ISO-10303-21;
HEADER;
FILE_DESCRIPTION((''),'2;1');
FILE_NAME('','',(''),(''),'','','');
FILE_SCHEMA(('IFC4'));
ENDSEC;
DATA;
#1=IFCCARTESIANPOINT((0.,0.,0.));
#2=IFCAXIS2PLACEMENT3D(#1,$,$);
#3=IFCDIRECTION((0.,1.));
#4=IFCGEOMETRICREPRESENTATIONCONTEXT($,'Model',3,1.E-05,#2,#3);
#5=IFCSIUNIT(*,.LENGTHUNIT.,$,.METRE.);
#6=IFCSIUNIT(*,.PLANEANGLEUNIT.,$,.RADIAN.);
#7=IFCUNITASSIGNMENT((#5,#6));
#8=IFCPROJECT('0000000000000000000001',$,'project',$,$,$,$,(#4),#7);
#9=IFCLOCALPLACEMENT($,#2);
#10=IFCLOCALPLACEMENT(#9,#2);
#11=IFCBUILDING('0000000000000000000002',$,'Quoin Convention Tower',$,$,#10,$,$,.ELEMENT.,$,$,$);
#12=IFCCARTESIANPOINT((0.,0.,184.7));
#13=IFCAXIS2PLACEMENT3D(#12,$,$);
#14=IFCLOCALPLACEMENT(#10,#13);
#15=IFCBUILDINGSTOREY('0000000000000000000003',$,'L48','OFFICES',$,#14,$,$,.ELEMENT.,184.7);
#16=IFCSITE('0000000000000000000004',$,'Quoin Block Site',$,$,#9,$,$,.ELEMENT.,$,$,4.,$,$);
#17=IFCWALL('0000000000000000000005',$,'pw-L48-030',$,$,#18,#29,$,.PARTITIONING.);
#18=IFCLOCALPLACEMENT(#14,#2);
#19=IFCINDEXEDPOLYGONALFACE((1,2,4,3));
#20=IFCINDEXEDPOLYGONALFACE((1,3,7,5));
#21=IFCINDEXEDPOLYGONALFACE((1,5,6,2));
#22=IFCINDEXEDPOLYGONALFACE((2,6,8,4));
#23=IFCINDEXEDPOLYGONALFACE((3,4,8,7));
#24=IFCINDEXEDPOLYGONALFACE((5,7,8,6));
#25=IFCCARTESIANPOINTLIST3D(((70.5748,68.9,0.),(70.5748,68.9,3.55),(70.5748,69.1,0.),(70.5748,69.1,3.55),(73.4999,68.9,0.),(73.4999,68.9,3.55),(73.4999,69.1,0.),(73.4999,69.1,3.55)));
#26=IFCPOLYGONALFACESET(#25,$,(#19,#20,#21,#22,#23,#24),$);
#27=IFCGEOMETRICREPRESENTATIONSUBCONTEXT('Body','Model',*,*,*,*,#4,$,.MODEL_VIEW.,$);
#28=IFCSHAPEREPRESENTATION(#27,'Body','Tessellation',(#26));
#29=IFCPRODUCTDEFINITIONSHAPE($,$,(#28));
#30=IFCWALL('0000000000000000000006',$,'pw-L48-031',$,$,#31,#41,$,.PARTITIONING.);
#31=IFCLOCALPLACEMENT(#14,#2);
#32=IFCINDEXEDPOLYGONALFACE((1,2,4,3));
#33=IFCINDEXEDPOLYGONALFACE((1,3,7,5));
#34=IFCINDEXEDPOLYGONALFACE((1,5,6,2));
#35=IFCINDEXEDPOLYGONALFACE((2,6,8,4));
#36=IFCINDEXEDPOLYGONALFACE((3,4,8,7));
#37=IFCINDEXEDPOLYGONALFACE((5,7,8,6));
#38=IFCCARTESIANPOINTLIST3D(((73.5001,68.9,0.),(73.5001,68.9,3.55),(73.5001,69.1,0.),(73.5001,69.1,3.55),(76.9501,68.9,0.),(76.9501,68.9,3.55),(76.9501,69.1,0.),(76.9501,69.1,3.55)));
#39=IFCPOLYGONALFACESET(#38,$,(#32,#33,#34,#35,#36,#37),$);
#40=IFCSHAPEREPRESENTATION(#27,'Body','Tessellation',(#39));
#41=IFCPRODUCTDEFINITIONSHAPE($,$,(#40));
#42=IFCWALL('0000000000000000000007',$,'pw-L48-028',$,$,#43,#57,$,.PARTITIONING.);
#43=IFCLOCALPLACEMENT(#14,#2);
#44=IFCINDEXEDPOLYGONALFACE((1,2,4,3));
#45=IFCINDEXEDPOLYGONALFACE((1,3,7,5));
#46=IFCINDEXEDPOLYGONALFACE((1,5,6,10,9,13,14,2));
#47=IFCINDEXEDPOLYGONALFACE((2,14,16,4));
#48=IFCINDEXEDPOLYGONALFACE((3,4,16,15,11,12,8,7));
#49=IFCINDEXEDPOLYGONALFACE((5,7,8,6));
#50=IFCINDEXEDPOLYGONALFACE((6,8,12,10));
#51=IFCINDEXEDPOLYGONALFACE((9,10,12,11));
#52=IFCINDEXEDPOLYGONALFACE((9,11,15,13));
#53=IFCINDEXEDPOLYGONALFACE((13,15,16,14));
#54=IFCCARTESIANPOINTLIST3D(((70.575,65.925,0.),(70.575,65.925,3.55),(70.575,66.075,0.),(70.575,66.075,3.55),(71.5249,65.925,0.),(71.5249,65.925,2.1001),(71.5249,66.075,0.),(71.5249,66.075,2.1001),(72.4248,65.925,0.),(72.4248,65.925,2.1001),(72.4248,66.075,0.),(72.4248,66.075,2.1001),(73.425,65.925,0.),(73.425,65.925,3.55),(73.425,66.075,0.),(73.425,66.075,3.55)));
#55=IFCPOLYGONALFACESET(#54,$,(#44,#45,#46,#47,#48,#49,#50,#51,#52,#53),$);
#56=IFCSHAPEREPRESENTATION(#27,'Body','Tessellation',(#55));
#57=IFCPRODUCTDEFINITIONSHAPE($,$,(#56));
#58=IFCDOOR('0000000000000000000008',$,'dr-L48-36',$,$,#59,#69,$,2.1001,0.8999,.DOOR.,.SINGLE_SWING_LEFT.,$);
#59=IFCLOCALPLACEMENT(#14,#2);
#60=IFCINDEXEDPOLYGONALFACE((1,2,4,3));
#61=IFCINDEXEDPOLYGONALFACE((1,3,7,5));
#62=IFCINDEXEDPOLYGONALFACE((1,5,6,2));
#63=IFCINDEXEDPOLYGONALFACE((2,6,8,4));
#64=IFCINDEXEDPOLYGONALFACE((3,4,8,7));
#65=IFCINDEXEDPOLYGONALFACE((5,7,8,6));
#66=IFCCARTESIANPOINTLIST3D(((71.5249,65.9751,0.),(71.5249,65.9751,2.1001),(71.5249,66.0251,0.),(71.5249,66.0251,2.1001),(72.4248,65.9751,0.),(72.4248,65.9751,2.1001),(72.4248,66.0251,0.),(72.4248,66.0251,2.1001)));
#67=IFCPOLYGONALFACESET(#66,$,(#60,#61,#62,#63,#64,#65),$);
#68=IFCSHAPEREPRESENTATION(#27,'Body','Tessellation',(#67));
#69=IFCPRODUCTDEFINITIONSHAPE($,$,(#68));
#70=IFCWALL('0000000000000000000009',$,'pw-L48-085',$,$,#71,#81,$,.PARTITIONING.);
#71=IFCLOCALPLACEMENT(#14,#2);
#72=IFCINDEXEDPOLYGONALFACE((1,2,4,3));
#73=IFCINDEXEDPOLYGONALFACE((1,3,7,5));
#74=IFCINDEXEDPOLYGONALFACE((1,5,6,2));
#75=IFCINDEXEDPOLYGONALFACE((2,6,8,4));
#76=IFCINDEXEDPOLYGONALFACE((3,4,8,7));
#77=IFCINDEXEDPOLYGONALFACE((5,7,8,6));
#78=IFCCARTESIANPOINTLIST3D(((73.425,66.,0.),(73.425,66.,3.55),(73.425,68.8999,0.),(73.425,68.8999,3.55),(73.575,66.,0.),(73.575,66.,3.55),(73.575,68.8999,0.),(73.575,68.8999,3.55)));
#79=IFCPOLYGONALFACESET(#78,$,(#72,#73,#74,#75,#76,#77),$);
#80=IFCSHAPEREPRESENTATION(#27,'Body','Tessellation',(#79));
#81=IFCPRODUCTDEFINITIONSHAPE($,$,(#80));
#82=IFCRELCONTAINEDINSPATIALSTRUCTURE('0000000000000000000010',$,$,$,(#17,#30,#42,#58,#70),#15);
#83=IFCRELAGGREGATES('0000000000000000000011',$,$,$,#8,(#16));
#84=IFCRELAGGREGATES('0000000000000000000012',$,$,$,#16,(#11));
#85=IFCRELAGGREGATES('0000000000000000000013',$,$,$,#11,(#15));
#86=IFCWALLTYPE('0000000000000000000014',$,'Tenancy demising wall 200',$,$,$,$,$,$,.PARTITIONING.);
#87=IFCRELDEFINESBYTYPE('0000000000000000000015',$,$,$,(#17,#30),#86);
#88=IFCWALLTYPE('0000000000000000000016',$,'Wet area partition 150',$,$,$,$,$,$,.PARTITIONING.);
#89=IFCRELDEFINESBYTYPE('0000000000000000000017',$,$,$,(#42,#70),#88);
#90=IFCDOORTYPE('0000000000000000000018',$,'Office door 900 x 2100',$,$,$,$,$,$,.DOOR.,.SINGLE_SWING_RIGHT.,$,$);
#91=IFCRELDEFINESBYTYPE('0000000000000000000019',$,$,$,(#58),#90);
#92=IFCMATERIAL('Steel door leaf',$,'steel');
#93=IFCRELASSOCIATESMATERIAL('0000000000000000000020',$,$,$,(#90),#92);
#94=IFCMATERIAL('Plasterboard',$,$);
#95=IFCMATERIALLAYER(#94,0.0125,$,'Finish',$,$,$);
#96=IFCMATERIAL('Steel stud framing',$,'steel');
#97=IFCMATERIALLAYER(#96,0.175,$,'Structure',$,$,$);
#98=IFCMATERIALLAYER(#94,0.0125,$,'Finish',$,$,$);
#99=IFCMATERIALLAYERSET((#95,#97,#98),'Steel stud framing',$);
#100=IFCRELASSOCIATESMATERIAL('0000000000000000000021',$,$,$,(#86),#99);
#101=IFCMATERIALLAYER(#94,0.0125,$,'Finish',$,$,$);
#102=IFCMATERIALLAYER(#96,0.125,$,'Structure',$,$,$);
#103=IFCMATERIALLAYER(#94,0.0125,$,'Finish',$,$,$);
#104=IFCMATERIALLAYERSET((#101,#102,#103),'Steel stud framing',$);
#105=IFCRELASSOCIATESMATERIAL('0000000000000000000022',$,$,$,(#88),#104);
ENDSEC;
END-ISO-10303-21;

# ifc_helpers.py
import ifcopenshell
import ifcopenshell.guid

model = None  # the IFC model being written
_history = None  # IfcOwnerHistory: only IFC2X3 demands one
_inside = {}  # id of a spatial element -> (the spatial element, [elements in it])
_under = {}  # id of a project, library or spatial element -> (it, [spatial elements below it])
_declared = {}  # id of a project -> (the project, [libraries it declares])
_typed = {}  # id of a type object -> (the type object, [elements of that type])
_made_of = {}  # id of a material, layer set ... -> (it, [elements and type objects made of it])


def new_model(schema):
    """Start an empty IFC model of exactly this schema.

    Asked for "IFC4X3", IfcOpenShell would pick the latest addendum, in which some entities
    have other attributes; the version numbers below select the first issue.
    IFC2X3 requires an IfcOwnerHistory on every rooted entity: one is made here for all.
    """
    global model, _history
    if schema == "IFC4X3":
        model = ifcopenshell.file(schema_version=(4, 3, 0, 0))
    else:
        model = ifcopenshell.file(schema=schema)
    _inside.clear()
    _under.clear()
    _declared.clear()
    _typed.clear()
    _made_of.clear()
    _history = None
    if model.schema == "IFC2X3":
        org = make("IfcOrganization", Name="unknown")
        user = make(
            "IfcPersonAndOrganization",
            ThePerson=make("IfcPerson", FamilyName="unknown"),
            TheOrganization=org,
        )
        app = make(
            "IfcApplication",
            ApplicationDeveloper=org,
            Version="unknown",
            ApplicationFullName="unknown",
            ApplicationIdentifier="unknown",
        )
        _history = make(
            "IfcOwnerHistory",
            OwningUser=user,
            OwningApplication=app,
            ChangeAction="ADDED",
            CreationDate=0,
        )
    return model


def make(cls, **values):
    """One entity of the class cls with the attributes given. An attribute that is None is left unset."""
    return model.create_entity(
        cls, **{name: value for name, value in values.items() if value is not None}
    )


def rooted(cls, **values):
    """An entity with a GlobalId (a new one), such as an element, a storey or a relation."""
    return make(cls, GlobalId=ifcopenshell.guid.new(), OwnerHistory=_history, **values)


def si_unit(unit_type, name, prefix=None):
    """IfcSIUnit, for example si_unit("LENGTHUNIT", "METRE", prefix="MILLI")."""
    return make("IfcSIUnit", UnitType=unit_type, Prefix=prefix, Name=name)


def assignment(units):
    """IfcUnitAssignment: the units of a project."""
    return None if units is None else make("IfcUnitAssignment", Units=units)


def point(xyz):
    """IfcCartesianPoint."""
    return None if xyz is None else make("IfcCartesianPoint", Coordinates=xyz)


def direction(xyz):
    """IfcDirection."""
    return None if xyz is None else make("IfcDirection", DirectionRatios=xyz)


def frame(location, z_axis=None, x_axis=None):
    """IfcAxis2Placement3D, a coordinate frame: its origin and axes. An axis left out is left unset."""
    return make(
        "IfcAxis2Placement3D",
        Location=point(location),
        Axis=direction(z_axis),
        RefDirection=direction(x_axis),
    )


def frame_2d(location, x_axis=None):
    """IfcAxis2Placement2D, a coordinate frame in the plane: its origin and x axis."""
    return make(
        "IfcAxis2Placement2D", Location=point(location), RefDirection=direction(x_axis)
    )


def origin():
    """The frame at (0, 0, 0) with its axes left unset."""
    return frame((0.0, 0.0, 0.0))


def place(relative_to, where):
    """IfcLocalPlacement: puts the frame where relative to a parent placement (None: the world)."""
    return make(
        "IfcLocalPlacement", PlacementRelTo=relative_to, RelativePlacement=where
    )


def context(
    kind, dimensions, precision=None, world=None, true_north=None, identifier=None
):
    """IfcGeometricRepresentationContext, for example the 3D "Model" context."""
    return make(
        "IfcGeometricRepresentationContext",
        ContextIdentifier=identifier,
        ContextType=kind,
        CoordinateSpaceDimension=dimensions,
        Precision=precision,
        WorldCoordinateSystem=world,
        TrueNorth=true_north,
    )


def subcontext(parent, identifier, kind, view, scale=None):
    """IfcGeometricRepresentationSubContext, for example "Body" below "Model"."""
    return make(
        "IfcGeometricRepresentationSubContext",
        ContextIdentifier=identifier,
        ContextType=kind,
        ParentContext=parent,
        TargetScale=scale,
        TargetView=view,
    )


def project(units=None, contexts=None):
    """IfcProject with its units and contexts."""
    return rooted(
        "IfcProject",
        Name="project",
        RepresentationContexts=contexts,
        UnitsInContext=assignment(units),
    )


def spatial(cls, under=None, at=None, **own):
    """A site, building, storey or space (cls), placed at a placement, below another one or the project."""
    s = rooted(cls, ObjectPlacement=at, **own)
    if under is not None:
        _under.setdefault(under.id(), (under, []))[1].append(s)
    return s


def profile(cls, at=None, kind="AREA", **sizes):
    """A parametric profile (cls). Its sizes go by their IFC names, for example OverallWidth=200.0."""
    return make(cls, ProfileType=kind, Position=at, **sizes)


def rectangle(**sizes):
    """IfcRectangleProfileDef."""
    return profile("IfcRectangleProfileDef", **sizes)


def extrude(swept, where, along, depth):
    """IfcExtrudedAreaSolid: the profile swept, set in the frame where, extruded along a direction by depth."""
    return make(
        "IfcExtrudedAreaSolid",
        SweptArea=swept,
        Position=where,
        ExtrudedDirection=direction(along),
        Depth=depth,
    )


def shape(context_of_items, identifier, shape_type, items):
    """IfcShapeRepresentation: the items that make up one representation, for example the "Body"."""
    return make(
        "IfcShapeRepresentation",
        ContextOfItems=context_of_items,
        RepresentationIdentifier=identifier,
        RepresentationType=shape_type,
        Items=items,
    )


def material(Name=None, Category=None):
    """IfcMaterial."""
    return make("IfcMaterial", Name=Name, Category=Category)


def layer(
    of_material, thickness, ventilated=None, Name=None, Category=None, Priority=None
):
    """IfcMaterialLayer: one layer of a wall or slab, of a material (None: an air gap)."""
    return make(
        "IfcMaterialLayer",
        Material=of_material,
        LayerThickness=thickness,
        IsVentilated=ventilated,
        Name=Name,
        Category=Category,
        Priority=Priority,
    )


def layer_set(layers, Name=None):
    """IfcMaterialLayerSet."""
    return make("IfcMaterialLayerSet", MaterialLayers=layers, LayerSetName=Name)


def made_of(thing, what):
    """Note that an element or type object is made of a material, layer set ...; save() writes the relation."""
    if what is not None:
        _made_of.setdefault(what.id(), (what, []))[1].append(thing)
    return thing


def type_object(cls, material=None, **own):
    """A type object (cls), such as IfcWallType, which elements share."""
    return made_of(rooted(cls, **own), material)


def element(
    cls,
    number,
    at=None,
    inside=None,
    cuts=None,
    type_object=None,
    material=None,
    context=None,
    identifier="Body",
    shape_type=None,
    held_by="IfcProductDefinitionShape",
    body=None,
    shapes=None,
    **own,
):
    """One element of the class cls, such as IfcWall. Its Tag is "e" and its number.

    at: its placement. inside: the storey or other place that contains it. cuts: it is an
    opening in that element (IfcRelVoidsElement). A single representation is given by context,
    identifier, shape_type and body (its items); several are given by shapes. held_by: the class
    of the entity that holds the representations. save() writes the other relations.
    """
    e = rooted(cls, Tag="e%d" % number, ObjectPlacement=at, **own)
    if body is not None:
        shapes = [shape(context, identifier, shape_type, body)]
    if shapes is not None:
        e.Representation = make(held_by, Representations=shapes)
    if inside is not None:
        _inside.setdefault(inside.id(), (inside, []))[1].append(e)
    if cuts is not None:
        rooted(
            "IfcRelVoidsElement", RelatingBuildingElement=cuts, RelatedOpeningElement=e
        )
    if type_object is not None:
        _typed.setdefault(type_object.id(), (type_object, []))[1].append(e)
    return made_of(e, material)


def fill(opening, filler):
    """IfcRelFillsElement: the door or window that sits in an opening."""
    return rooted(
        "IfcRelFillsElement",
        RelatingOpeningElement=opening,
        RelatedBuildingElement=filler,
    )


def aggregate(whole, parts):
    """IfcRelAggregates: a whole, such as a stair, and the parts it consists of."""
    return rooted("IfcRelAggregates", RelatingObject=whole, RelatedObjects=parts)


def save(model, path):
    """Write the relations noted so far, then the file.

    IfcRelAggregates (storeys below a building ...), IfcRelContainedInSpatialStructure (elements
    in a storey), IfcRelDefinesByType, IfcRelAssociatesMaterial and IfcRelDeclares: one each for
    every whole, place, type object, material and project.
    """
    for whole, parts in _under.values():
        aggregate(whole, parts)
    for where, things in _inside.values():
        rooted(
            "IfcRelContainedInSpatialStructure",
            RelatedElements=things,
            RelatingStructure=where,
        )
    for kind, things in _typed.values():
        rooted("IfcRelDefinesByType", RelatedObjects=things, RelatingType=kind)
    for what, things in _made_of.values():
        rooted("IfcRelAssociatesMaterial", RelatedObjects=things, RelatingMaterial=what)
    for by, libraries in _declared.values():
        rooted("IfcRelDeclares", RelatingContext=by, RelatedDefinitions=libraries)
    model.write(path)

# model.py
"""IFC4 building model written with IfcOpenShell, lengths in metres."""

from ifc_helpers import new_model, si_unit, direction, frame, frame_2d, origin, place, context, subcontext, project, spatial, rectangle, extrude, material, layer, layer_set, type_object, element, fill, save


model = new_model("IFC4")

# Units and contexts
model_context = context("Model", 3, precision=1e-05, world=origin(), true_north=direction((0.0, 1.0)))
body_context = subcontext(model_context, "Body", "Model", "MODEL_VIEW")
ifc_project = project(units=[si_unit("LENGTHUNIT", "METRE"), si_unit("PLANEANGLEUNIT", "RADIAN")], contexts=[model_context])

# Site, building, storey
site_placement = place(None, origin())
site = spatial("IfcSite", under=ifc_project, at=site_placement, Name="Quoin Block Site", CompositionType="ELEMENT", RefElevation=4.0)
building_placement = place(site_placement, origin())
building = spatial("IfcBuilding", under=site, at=building_placement, Name="Quoin Convention Tower", CompositionType="ELEMENT")
storey_placement = place(building_placement, frame((0.0, 0.0, 184.7)))
storey = spatial("IfcBuildingStorey", under=building, at=storey_placement, Name="L48", Description="OFFICES", CompositionType="ELEMENT", Elevation=184.7)

# Shared definitions
ifc_material_1 = material(Name="Plasterboard")
ifc_material_2 = material(Name="Steel stud framing", Category="steel")

# Shared definitions
ifc_material_3 = material(Name="Steel door leaf", Category="steel")
door_type_1 = type_object("IfcDoorType", Name="Office door 900 x 2100", OperationType="SINGLE_SWING_RIGHT", PredefinedType="DOOR", material=ifc_material_3)

# Walls
ifc_layer_1 = layer(ifc_material_1, 0.0125, Name="Finish")
ifc_layer_2 = layer(ifc_material_2, 0.175, Name="Structure")
ifc_layer_3 = layer(ifc_material_1, 0.0125, Name="Finish")
ifc_layer_set_1 = layer_set([ifc_layer_1, ifc_layer_2, ifc_layer_3], Name="Steel stud framing")
wall_type_1 = type_object("IfcWallType", Name="Tenancy demising wall 200", PredefinedType="PARTITIONING", material=ifc_layer_set_1)
wall_1_placement = place(storey_placement, frame((70.575, 69.0, 0.0), z_axis=(0.0, 0.0, 1.0), x_axis=(1.0, 0.0, 0.0)))
element("IfcWall", 1, at=wall_1_placement, inside=storey, type_object=wall_type_1, Name="pw-L48-030", PredefinedType="PARTITIONING", context=body_context, shape_type="SweptSolid", body=[
    extrude(rectangle(XDim=2.925, YDim=0.2, at=frame_2d((1.4624, 0.0))), origin(), (0.0, 0.0, 1.0), 3.55),
])
wall_2_placement = place(storey_placement, frame((73.5, 69.0, 0.0), z_axis=(0.0, 0.0, 1.0), x_axis=(1.0, 0.0, 0.0)))
element("IfcWall", 2, at=wall_2_placement, inside=storey, type_object=wall_type_1, Name="pw-L48-031", PredefinedType="PARTITIONING", context=body_context, shape_type="SweptSolid", body=[
    extrude(rectangle(XDim=3.45, YDim=0.2, at=frame_2d((1.7251, 0.0))), origin(), (0.0, 0.0, 1.0), 3.55),
])

# Wall, opening, door
ifc_layer_4 = layer(ifc_material_1, 0.0125, Name="Finish")
ifc_layer_5 = layer(ifc_material_2, 0.125, Name="Structure")
ifc_layer_6 = layer(ifc_material_1, 0.0125, Name="Finish")
ifc_layer_set_2 = layer_set([ifc_layer_4, ifc_layer_5, ifc_layer_6], Name="Steel stud framing")
wall_type_2 = type_object("IfcWallType", Name="Wet area partition 150", PredefinedType="PARTITIONING", material=ifc_layer_set_2)
wall_3_placement = place(storey_placement, frame((70.575, 66.0, 0.0), z_axis=(0.0, 0.0, 1.0), x_axis=(1.0, 0.0, 0.0)))
wall_3 = element("IfcWall", 3, at=wall_3_placement, inside=storey, type_object=wall_type_2, Name="pw-L48-028", PredefinedType="PARTITIONING", context=body_context, shape_type="SweptSolid", body=[
    extrude(rectangle(XDim=2.8501, YDim=0.1499, at=frame_2d((1.425, 0.0))), origin(), (0.0, 0.0, 1.0), 3.55),
])
opening_1_placement = place(wall_3_placement, frame((0.95, 0.0, 0.0)))
opening_1 = element("IfcOpeningElement", 4, at=opening_1_placement, cuts=wall_3, PredefinedType="OPENING", context=body_context, shape_type="SweptSolid", body=[
    extrude(rectangle(XDim=0.8999, YDim=2.1001, at=frame_2d((0.45, 1.05))), frame((0.0, 0.085, 0.0), z_axis=(0.0, -1.0, 0.0), x_axis=(1.0, 0.0, 0.0)), (0.0, 0.0, 1.0), 0.1699),
])
door_1_placement = place(opening_1_placement, frame((0.8999, 0.0, 0.0), z_axis=(0.0, 0.0, 1.0), x_axis=(-1.0, 0.0, 0.0)))
door_1 = element("IfcDoor", 5, at=door_1_placement, inside=storey, type_object=door_type_1, Name="dr-L48-36", OperationType="SINGLE_SWING_LEFT", OverallHeight=2.1001, OverallWidth=0.8999, PredefinedType="DOOR", context=body_context, shape_type="SweptSolid", body=[
    extrude(rectangle(XDim=0.8999, YDim=2.1001, at=frame_2d((0.45, 1.05))), frame((0.0, 0.0249, 0.0), z_axis=(0.0, -1.0, 0.0), x_axis=(1.0, 0.0, 0.0)), (0.0, 0.0, 1.0), 0.05),
])
fill(opening_1, door_1)

# Wall
wall_4_placement = place(storey_placement, frame((73.5, 66.0, 0.0), z_axis=(0.0, 0.0, 1.0), x_axis=(0.0, 1.0, 0.0)))
element("IfcWall", 6, at=wall_4_placement, inside=storey, type_object=wall_type_2, Name="pw-L48-085", PredefinedType="PARTITIONING", context=body_context, shape_type="SweptSolid", body=[
    extrude(rectangle(XDim=2.8999, YDim=0.1499, at=frame_2d((1.45, 0.0))), origin(), (0.0, 0.0, 1.0), 3.55),
])

save(model, "model.ifc")
